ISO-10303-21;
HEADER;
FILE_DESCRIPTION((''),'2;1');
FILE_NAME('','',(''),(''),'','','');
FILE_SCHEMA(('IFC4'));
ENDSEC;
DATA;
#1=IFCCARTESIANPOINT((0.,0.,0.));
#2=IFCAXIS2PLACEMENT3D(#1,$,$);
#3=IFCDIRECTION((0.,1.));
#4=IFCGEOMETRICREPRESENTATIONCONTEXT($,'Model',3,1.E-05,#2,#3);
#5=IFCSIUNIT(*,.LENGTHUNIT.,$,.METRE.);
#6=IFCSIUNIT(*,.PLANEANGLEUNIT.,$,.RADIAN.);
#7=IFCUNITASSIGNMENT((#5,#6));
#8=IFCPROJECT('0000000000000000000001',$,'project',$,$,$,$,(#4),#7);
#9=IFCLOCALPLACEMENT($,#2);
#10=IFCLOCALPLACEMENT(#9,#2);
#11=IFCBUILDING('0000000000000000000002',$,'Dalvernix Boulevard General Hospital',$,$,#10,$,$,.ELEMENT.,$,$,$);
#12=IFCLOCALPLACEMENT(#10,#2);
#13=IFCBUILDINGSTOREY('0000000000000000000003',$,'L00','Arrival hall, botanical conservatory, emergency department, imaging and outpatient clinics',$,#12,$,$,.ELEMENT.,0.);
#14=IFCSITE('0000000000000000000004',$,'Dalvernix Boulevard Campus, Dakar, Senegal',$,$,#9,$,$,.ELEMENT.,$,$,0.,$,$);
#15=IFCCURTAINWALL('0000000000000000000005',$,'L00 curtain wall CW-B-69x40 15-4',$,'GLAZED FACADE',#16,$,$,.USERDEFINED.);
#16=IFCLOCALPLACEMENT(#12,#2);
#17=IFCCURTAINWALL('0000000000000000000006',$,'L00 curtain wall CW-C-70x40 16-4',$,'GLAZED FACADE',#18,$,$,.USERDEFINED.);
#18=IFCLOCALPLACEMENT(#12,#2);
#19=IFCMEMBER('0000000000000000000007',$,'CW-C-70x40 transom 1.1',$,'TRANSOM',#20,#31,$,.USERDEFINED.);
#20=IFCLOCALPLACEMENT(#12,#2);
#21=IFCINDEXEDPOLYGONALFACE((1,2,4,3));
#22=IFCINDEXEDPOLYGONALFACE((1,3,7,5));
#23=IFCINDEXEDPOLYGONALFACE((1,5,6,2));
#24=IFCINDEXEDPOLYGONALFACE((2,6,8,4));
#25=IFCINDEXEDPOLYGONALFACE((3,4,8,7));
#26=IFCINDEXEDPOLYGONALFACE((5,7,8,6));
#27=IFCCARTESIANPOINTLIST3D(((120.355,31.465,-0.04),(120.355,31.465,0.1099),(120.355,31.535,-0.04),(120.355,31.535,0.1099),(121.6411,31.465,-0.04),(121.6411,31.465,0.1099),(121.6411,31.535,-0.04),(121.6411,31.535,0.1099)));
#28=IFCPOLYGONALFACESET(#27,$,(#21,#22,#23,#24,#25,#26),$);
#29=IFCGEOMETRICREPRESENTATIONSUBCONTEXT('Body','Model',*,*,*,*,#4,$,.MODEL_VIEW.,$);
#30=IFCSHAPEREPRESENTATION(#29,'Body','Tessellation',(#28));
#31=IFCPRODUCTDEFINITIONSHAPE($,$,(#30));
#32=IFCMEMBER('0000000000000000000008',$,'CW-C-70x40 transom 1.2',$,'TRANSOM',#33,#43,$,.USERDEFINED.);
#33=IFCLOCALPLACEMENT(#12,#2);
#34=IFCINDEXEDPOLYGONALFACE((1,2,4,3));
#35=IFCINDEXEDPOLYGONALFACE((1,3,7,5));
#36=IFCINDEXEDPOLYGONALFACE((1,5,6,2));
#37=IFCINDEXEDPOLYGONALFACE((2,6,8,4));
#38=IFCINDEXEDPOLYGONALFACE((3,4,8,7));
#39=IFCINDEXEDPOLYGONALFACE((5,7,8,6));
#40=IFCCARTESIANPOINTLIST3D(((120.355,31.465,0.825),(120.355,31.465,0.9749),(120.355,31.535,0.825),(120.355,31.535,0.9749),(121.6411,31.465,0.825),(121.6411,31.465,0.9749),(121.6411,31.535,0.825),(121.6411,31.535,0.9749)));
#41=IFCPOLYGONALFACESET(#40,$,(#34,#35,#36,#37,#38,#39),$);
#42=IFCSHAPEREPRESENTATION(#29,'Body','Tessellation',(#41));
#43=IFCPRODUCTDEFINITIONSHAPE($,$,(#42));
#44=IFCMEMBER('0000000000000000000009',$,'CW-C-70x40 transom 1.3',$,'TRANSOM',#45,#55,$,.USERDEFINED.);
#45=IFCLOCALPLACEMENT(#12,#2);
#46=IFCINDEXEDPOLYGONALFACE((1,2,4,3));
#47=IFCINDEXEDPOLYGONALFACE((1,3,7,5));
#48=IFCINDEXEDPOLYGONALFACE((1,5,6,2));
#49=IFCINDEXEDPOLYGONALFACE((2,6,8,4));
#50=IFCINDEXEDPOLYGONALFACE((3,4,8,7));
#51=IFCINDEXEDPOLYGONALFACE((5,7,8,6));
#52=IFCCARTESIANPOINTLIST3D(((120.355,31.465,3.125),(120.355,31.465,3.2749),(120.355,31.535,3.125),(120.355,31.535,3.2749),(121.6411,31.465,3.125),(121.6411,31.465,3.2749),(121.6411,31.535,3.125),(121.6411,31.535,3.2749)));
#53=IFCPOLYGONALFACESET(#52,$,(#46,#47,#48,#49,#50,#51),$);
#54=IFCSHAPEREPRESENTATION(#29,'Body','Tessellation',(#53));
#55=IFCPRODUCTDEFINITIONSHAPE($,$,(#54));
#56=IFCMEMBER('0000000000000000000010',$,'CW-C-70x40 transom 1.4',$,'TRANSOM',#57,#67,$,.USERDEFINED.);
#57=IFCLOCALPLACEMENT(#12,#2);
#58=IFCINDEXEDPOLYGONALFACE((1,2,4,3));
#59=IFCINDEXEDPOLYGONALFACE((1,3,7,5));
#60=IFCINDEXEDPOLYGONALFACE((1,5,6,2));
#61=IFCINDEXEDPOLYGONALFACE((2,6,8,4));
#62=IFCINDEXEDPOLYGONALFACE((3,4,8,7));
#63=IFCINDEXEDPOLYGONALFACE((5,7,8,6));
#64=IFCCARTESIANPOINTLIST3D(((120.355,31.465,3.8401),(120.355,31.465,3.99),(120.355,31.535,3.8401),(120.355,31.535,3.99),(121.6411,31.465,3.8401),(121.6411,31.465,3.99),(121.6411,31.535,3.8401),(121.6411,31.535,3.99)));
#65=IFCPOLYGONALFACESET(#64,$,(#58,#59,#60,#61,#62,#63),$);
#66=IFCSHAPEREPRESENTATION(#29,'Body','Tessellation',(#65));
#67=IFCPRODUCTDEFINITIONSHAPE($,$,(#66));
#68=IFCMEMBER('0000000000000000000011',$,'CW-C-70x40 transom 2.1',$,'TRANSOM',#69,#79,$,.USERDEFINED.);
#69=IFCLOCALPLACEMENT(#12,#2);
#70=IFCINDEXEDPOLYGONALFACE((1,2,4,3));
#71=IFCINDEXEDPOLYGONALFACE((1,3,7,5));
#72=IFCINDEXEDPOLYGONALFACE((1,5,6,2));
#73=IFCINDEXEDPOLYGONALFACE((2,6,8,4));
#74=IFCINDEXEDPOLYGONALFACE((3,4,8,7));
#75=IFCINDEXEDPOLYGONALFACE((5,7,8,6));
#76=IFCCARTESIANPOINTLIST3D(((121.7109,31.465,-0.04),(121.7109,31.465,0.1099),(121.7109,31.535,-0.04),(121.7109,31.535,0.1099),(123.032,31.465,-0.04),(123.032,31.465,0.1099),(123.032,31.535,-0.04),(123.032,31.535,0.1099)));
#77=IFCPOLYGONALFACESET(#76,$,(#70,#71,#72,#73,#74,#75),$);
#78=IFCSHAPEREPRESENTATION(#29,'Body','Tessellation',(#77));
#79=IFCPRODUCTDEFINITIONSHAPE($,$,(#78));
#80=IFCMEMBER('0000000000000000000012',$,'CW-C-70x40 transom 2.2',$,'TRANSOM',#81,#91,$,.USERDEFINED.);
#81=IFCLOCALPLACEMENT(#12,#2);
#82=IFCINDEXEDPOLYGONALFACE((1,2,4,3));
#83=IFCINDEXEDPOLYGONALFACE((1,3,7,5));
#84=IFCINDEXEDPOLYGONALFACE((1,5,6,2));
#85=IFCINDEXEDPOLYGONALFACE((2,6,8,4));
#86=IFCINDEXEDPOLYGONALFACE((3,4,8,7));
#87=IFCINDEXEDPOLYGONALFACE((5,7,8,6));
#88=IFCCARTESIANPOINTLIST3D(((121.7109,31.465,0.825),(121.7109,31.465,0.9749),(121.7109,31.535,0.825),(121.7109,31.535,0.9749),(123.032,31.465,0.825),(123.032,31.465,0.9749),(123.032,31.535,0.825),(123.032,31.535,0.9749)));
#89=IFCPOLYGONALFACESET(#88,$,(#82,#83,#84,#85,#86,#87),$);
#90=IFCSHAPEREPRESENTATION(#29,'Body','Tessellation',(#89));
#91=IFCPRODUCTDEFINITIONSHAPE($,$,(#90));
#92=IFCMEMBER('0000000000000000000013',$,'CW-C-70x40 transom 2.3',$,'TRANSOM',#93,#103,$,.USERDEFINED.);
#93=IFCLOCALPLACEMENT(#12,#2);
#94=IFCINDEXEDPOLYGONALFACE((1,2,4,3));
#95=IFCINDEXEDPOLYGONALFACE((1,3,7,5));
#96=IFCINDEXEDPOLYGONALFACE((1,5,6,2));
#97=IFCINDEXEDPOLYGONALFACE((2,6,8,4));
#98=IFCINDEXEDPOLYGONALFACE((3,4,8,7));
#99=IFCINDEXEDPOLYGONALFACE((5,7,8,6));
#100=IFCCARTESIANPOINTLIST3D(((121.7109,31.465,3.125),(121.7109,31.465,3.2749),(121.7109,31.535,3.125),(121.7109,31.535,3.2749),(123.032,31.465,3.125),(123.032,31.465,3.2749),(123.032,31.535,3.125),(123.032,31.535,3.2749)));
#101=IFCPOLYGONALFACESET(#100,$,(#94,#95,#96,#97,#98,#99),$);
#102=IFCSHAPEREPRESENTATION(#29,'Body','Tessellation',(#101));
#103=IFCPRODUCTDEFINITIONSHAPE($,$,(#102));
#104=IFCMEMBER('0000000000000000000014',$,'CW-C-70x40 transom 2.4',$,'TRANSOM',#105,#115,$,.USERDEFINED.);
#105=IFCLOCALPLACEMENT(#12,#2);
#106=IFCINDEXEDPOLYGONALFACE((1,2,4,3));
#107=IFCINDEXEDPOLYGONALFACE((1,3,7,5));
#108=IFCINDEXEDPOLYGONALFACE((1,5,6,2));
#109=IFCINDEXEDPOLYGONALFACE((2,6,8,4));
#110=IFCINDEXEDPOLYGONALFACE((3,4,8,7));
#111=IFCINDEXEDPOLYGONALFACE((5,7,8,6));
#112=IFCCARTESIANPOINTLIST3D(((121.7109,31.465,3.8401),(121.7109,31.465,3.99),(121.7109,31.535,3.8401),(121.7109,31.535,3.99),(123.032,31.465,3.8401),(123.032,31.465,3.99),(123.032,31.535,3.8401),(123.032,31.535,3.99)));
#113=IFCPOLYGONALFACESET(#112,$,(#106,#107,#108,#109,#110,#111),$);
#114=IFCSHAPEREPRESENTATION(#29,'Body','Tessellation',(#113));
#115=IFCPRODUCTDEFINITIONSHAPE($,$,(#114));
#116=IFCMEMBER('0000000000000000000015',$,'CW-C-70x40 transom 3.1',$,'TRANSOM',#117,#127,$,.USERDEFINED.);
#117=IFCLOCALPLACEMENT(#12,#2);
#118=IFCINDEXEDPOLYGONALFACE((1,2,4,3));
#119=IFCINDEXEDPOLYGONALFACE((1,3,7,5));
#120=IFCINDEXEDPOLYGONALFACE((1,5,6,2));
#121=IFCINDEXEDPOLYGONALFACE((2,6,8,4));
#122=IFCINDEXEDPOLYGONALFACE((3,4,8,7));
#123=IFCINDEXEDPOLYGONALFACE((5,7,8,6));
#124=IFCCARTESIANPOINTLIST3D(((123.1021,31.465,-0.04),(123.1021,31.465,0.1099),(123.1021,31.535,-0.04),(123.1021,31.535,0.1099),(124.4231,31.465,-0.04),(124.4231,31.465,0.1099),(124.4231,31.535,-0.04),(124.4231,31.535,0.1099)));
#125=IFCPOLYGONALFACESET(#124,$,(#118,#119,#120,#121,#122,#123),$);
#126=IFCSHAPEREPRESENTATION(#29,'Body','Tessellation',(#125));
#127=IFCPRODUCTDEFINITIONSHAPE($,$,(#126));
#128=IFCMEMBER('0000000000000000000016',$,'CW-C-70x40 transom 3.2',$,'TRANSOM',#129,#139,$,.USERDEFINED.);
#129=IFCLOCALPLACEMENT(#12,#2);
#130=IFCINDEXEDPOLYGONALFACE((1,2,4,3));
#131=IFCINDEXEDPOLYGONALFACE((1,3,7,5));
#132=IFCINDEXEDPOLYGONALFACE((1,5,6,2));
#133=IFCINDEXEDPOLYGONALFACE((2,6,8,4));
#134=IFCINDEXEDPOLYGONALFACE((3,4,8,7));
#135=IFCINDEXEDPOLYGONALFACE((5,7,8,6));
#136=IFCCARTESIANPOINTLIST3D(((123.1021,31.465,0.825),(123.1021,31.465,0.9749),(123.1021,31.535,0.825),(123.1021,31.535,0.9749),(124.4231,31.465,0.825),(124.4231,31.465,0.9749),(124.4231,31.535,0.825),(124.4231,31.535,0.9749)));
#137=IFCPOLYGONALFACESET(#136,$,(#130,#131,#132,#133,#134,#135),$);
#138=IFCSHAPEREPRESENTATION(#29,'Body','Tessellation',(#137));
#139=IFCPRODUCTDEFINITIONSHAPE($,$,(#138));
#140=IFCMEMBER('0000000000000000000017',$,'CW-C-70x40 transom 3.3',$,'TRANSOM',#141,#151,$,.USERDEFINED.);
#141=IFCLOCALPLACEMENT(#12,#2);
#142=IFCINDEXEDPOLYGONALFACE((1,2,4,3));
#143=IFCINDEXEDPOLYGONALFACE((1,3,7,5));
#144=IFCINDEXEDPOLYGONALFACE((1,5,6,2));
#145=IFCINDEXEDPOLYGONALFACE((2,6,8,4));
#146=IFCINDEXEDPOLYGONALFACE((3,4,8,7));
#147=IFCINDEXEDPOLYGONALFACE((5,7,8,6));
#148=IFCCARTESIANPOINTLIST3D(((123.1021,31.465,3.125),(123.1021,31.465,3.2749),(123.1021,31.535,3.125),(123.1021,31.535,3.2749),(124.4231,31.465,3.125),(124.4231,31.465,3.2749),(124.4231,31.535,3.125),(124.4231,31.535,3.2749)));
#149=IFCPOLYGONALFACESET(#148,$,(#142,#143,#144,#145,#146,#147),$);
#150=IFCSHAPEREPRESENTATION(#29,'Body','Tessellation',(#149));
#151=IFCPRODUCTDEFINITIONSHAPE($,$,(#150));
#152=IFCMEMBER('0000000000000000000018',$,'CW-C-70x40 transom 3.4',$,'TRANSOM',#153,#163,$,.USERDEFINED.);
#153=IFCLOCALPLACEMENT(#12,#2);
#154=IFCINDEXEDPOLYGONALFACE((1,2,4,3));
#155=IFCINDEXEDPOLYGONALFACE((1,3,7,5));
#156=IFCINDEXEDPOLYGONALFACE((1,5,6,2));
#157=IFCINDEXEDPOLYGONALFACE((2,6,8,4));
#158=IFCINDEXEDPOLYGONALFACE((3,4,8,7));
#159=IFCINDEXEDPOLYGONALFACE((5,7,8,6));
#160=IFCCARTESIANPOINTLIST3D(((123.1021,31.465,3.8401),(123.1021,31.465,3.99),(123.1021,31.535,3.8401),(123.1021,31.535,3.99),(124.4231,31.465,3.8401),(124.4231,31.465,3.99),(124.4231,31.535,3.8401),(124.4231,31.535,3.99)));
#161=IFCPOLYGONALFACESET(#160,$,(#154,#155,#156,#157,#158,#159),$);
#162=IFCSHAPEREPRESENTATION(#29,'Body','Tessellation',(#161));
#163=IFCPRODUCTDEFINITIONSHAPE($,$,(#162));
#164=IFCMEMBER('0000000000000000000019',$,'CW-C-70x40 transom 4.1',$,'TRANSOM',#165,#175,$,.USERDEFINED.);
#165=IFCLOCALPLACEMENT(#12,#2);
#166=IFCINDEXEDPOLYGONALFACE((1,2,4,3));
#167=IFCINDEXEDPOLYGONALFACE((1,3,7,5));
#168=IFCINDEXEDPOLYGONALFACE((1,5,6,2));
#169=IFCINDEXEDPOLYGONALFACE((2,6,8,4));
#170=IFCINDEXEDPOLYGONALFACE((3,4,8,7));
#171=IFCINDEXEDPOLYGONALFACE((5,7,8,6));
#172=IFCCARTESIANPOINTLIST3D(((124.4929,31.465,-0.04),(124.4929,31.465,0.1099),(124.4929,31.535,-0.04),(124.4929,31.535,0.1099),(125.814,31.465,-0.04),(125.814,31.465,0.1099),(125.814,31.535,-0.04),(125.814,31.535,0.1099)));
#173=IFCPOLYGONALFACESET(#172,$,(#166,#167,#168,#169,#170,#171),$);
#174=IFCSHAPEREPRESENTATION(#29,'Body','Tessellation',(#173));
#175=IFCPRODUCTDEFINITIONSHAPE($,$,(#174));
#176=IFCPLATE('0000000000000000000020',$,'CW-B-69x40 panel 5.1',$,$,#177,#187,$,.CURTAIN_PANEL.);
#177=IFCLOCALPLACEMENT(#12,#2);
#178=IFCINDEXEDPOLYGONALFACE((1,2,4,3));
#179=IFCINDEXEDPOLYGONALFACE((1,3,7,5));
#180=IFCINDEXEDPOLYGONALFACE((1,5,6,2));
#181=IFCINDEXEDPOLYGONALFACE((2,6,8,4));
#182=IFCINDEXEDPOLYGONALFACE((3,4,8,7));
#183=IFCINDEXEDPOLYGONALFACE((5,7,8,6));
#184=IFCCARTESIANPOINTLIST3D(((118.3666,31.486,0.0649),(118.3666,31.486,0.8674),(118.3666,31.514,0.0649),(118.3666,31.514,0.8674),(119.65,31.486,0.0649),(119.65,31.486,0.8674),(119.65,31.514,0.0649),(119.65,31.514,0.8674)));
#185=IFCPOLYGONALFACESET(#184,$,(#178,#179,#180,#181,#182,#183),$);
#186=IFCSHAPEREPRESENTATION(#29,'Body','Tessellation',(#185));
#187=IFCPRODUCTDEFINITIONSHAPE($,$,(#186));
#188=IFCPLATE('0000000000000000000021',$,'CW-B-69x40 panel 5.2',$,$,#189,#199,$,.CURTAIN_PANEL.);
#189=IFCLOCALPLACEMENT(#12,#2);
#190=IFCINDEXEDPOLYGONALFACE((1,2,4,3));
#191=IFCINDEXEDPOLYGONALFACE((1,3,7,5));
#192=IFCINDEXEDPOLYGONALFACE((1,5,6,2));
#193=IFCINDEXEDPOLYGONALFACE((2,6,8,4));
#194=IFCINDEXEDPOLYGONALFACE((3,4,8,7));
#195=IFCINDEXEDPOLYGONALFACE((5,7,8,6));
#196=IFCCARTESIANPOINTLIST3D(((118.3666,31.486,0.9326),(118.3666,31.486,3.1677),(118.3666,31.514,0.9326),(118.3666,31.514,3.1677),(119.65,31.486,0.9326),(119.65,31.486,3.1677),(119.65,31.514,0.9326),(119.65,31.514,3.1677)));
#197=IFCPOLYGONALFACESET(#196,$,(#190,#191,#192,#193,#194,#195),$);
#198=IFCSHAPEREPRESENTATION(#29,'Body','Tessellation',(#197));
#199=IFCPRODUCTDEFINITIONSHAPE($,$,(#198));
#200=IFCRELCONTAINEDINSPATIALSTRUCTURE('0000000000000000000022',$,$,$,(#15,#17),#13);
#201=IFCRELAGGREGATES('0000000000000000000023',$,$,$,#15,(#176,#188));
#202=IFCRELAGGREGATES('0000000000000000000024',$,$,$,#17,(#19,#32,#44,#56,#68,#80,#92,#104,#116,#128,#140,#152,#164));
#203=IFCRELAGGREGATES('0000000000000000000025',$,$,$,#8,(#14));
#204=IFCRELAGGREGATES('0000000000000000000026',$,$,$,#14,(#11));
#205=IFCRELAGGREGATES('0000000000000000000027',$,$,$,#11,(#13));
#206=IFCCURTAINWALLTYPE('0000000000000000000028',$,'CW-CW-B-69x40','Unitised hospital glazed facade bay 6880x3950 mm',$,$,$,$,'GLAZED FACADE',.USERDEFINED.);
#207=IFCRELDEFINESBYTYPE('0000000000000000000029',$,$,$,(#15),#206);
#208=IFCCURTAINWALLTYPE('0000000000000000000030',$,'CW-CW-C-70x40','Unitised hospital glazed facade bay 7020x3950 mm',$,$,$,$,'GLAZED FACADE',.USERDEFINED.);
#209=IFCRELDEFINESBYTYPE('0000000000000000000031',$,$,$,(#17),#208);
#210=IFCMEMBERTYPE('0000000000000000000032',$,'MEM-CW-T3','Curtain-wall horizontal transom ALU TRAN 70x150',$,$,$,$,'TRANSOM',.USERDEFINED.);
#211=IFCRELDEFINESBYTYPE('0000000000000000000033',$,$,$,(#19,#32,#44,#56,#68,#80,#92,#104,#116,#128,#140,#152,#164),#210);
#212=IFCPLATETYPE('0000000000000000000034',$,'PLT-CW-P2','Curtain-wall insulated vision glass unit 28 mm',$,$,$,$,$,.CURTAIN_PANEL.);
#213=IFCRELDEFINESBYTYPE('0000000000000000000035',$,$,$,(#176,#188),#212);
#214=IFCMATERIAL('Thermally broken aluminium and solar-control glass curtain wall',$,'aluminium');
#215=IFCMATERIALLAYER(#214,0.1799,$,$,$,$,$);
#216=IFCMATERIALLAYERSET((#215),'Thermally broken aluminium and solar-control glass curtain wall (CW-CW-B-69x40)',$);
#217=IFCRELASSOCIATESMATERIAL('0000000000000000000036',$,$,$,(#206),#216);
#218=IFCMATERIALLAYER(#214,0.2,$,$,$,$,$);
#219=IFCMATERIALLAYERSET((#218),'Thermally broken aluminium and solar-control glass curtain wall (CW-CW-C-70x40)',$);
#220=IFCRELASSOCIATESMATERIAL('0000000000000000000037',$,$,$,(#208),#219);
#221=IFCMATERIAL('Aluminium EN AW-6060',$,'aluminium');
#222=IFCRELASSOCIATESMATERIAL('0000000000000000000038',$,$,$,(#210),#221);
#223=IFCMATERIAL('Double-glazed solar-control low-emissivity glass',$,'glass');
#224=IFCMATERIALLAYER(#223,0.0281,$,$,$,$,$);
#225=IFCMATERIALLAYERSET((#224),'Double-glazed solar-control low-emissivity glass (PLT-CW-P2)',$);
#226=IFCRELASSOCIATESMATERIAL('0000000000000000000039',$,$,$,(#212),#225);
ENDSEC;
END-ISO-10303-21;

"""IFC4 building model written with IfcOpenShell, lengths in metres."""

from ifc_helpers import new_model, si_unit, direction, frame, origin, origin_2d, place, context, subcontext, project, spatial, rectangle, extrude, material, layer, layer_set, material_profile, profile_set, type_object, element, aggregate, save


model = new_model("IFC4")

# Units and contexts
model_context = context("Model", 3, precision=1e-05, world=origin(), true_north=direction((0.0, 1.0)))
body_context = subcontext(model_context, "Body", "Model", "MODEL_VIEW")
ifc_project = project(units=[si_unit("LENGTHUNIT", "METRE"), si_unit("PLANEANGLEUNIT", "RADIAN")], contexts=[model_context])

# Site, building, storey
site_placement = place(None, origin())
site = spatial("IfcSite", under=ifc_project, at=site_placement, Name="Dalvernix Boulevard Campus, Dakar, Senegal", CompositionType="ELEMENT", RefElevation=0.0)
building_placement = place(site_placement, origin())
building = spatial("IfcBuilding", under=site, at=building_placement, Name="Dalvernix Boulevard General Hospital", CompositionType="ELEMENT")
storey_placement = place(building_placement, origin())
storey = spatial("IfcBuildingStorey", under=building, at=storey_placement, Name="L00", Description="Arrival hall, botanical conservatory, emergency department, imaging and outpatient clinics", CompositionType="ELEMENT", Elevation=0.0)

# Curtain wall
ifc_material_1 = material(Name="Thermally broken aluminium and solar-control glass curtain wall", Category="aluminium")
ifc_layer_1 = layer(ifc_material_1, 0.1799)
ifc_layer_set_1 = layer_set([ifc_layer_1], Name="Thermally broken aluminium and solar-control glass curtain wall (CW-CW-B-69x40)")
curtain_wall_type_1 = type_object("IfcCurtainWallType", Name="CW-CW-B-69x40", Description="Unitised hospital glazed facade bay 6880x3950 mm", ElementType="GLAZED FACADE", PredefinedType="USERDEFINED", material=ifc_layer_set_1)
curtain_wall_1_placement = place(storey_placement, origin())
curtain_wall_1 = element("IfcCurtainWall", 1, at=curtain_wall_1_placement, inside=storey, type_object=curtain_wall_type_1, Name="L00 curtain wall CW-B-69x40 15-4", ObjectType="GLAZED FACADE", PredefinedType="USERDEFINED")
ifc_material_2 = material(Name="Aluminium EN AW-6060", Category="aluminium")

# Curtain wall
ifc_layer_2 = layer(ifc_material_1, 0.2)
ifc_layer_set_2 = layer_set([ifc_layer_2], Name="Thermally broken aluminium and solar-control glass curtain wall (CW-CW-C-70x40)")
curtain_wall_type_2 = type_object("IfcCurtainWallType", Name="CW-CW-C-70x40", Description="Unitised hospital glazed facade bay 7020x3950 mm", ElementType="GLAZED FACADE", PredefinedType="USERDEFINED", material=ifc_layer_set_2)
curtain_wall_2_placement = place(storey_placement, origin())
curtain_wall_2 = element("IfcCurtainWall", 2, at=curtain_wall_2_placement, inside=storey, type_object=curtain_wall_type_2, Name="L00 curtain wall CW-C-70x40 16-4", ObjectType="GLAZED FACADE", PredefinedType="USERDEFINED")

# Members
ifc_material_profile_1 = material_profile(ifc_material_2, rectangle(XDim=0.0701, YDim=0.1499, at=origin_2d()), Name="ALU TRAN 70x150")
ifc_profile_set_1 = profile_set([ifc_material_profile_1], Name="Aluminium EN AW-6060")
member_type_1 = type_object("IfcMemberType", Name="MEM-CW-T3", Description="Curtain-wall horizontal transom ALU TRAN 70x150", ElementType="TRANSOM", PredefinedType="USERDEFINED", material=ifc_profile_set_1)
member_1_placement = place(storey_placement, frame((120.355, 31.5, 0.0349), z_axis=(1.0, 0.0, 0.0), x_axis=(0.0, 1.0, 0.0)))
member_1 = element("IfcMember", 3, at=member_1_placement, type_object=member_type_1, Name="CW-C-70x40 transom 1.1", ObjectType="TRANSOM", PredefinedType="USERDEFINED", context=body_context, shape_type="SweptSolid", body=[
    extrude(rectangle(XDim=0.0701, YDim=0.1499, at=origin_2d()), origin(), (0.0, 0.0, 1.0), 1.2861),
])
member_2_placement = place(storey_placement, frame((120.355, 31.5, 0.8999), z_axis=(1.0, 0.0, 0.0), x_axis=(0.0, 1.0, 0.0)))
member_2 = element("IfcMember", 4, at=member_2_placement, type_object=member_type_1, Name="CW-C-70x40 transom 1.2", ObjectType="TRANSOM", PredefinedType="USERDEFINED", context=body_context, shape_type="SweptSolid", body=[
    extrude(rectangle(XDim=0.0701, YDim=0.1499, at=origin_2d()), origin(), (0.0, 0.0, 1.0), 1.2861),
])
member_3_placement = place(storey_placement, frame((120.355, 31.5, 3.2), z_axis=(1.0, 0.0, 0.0), x_axis=(0.0, 1.0, 0.0)))
member_3 = element("IfcMember", 5, at=member_3_placement, type_object=member_type_1, Name="CW-C-70x40 transom 1.3", ObjectType="TRANSOM", PredefinedType="USERDEFINED", context=body_context, shape_type="SweptSolid", body=[
    extrude(rectangle(XDim=0.0701, YDim=0.1499, at=origin_2d()), origin(), (0.0, 0.0, 1.0), 1.2861),
])
member_4_placement = place(storey_placement, frame((120.355, 31.5, 3.915), z_axis=(1.0, 0.0, 0.0), x_axis=(0.0, 1.0, 0.0)))
member_4 = element("IfcMember", 6, at=member_4_placement, type_object=member_type_1, Name="CW-C-70x40 transom 1.4", ObjectType="TRANSOM", PredefinedType="USERDEFINED", context=body_context, shape_type="SweptSolid", body=[
    extrude(rectangle(XDim=0.0701, YDim=0.1499, at=origin_2d()), origin(), (0.0, 0.0, 1.0), 1.2861),
])
member_5_placement = place(storey_placement, frame((121.7109, 31.5, 0.0349), z_axis=(1.0, 0.0, 0.0), x_axis=(0.0, 1.0, 0.0)))
member_5 = element("IfcMember", 7, at=member_5_placement, type_object=member_type_1, Name="CW-C-70x40 transom 2.1", ObjectType="TRANSOM", PredefinedType="USERDEFINED", context=body_context, shape_type="SweptSolid", body=[
    extrude(rectangle(XDim=0.0701, YDim=0.1499, at=origin_2d()), origin(), (0.0, 0.0, 1.0), 1.321),
])
member_6_placement = place(storey_placement, frame((121.7109, 31.5, 0.8999), z_axis=(1.0, 0.0, 0.0), x_axis=(0.0, 1.0, 0.0)))
member_6 = element("IfcMember", 8, at=member_6_placement, type_object=member_type_1, Name="CW-C-70x40 transom 2.2", ObjectType="TRANSOM", PredefinedType="USERDEFINED", context=body_context, shape_type="SweptSolid", body=[
    extrude(rectangle(XDim=0.0701, YDim=0.1499, at=origin_2d()), origin(), (0.0, 0.0, 1.0), 1.321),
])
member_7_placement = place(storey_placement, frame((121.7109, 31.5, 3.2), z_axis=(1.0, 0.0, 0.0), x_axis=(0.0, 1.0, 0.0)))
member_7 = element("IfcMember", 9, at=member_7_placement, type_object=member_type_1, Name="CW-C-70x40 transom 2.3", ObjectType="TRANSOM", PredefinedType="USERDEFINED", context=body_context, shape_type="SweptSolid", body=[
    extrude(rectangle(XDim=0.0701, YDim=0.1499, at=origin_2d()), origin(), (0.0, 0.0, 1.0), 1.321),
])
member_8_placement = place(storey_placement, frame((121.7109, 31.5, 3.915), z_axis=(1.0, 0.0, 0.0), x_axis=(0.0, 1.0, 0.0)))
member_8 = element("IfcMember", 10, at=member_8_placement, type_object=member_type_1, Name="CW-C-70x40 transom 2.4", ObjectType="TRANSOM", PredefinedType="USERDEFINED", context=body_context, shape_type="SweptSolid", body=[
    extrude(rectangle(XDim=0.0701, YDim=0.1499, at=origin_2d()), origin(), (0.0, 0.0, 1.0), 1.321),
])
member_9_placement = place(storey_placement, frame((123.1021, 31.5, 0.0349), z_axis=(1.0, 0.0, 0.0), x_axis=(0.0, 1.0, 0.0)))
member_9 = element("IfcMember", 11, at=member_9_placement, type_object=member_type_1, Name="CW-C-70x40 transom 3.1", ObjectType="TRANSOM", PredefinedType="USERDEFINED", context=body_context, shape_type="SweptSolid", body=[
    extrude(rectangle(XDim=0.0701, YDim=0.1499, at=origin_2d()), origin(), (0.0, 0.0, 1.0), 1.321),
])
member_10_placement = place(storey_placement, frame((123.1021, 31.5, 0.8999), z_axis=(1.0, 0.0, 0.0), x_axis=(0.0, 1.0, 0.0)))
member_10 = element("IfcMember", 12, at=member_10_placement, type_object=member_type_1, Name="CW-C-70x40 transom 3.2", ObjectType="TRANSOM", PredefinedType="USERDEFINED", context=body_context, shape_type="SweptSolid", body=[
    extrude(rectangle(XDim=0.0701, YDim=0.1499, at=origin_2d()), origin(), (0.0, 0.0, 1.0), 1.321),
])
member_11_placement = place(storey_placement, frame((123.1021, 31.5, 3.2), z_axis=(1.0, 0.0, 0.0), x_axis=(0.0, 1.0, 0.0)))
member_11 = element("IfcMember", 13, at=member_11_placement, type_object=member_type_1, Name="CW-C-70x40 transom 3.3", ObjectType="TRANSOM", PredefinedType="USERDEFINED", context=body_context, shape_type="SweptSolid", body=[
    extrude(rectangle(XDim=0.0701, YDim=0.1499, at=origin_2d()), origin(), (0.0, 0.0, 1.0), 1.321),
])
member_12_placement = place(storey_placement, frame((123.1021, 31.5, 3.915), z_axis=(1.0, 0.0, 0.0), x_axis=(0.0, 1.0, 0.0)))
member_12 = element("IfcMember", 14, at=member_12_placement, type_object=member_type_1, Name="CW-C-70x40 transom 3.4", ObjectType="TRANSOM", PredefinedType="USERDEFINED", context=body_context, shape_type="SweptSolid", body=[
    extrude(rectangle(XDim=0.0701, YDim=0.1499, at=origin_2d()), origin(), (0.0, 0.0, 1.0), 1.321),
])
member_13_placement = place(storey_placement, frame((124.4929, 31.5, 0.0349), z_axis=(1.0, 0.0, 0.0), x_axis=(0.0, 1.0, 0.0)))
member_13 = element("IfcMember", 15, at=member_13_placement, type_object=member_type_1, Name="CW-C-70x40 transom 4.1", ObjectType="TRANSOM", PredefinedType="USERDEFINED", context=body_context, shape_type="SweptSolid", body=[
    extrude(rectangle(XDim=0.0701, YDim=0.1499, at=origin_2d()), origin(), (0.0, 0.0, 1.0), 1.321),
])

# Plates
ifc_material_3 = material(Name="Double-glazed solar-control low-emissivity glass", Category="glass")
ifc_layer_3 = layer(ifc_material_3, 0.0281)
ifc_layer_set_3 = layer_set([ifc_layer_3], Name="Double-glazed solar-control low-emissivity glass (PLT-CW-P2)")
plate_type_1 = type_object("IfcPlateType", Name="PLT-CW-P2", Description="Curtain-wall insulated vision glass unit 28 mm", PredefinedType="CURTAIN_PANEL", material=ifc_layer_set_3)
plate_1_placement = place(storey_placement, frame((119.0083, 31.5, 0.0649), z_axis=(0.0, 0.0, 1.0), x_axis=(1.0, 0.0, 0.0)))
plate_1 = element("IfcPlate", 16, at=plate_1_placement, type_object=plate_type_1, Name="CW-B-69x40 panel 5.1", PredefinedType="CURTAIN_PANEL", context=body_context, shape_type="SweptSolid", body=[
    extrude(rectangle(XDim=1.2834, YDim=0.0281, at=origin_2d()), origin(), (0.0, 0.0, 1.0), 0.8025),
])
plate_2_placement = place(storey_placement, frame((119.0083, 31.5, 0.9326), z_axis=(0.0, 0.0, 1.0), x_axis=(1.0, 0.0, 0.0)))
plate_2 = element("IfcPlate", 17, at=plate_2_placement, type_object=plate_type_1, Name="CW-B-69x40 panel 5.2", PredefinedType="CURTAIN_PANEL", context=body_context, shape_type="SweptSolid", body=[
    extrude(rectangle(XDim=1.2834, YDim=0.0281, at=origin_2d()), origin(), (0.0, 0.0, 1.0), 2.2351),
])
aggregate(curtain_wall_1, [plate_1, plate_2])
aggregate(curtain_wall_2, [member_1, member_2, member_3, member_4, member_5, member_6, member_7, member_8, member_9, member_10, member_11, member_12, member_13])

save(model, "model.ifc")
